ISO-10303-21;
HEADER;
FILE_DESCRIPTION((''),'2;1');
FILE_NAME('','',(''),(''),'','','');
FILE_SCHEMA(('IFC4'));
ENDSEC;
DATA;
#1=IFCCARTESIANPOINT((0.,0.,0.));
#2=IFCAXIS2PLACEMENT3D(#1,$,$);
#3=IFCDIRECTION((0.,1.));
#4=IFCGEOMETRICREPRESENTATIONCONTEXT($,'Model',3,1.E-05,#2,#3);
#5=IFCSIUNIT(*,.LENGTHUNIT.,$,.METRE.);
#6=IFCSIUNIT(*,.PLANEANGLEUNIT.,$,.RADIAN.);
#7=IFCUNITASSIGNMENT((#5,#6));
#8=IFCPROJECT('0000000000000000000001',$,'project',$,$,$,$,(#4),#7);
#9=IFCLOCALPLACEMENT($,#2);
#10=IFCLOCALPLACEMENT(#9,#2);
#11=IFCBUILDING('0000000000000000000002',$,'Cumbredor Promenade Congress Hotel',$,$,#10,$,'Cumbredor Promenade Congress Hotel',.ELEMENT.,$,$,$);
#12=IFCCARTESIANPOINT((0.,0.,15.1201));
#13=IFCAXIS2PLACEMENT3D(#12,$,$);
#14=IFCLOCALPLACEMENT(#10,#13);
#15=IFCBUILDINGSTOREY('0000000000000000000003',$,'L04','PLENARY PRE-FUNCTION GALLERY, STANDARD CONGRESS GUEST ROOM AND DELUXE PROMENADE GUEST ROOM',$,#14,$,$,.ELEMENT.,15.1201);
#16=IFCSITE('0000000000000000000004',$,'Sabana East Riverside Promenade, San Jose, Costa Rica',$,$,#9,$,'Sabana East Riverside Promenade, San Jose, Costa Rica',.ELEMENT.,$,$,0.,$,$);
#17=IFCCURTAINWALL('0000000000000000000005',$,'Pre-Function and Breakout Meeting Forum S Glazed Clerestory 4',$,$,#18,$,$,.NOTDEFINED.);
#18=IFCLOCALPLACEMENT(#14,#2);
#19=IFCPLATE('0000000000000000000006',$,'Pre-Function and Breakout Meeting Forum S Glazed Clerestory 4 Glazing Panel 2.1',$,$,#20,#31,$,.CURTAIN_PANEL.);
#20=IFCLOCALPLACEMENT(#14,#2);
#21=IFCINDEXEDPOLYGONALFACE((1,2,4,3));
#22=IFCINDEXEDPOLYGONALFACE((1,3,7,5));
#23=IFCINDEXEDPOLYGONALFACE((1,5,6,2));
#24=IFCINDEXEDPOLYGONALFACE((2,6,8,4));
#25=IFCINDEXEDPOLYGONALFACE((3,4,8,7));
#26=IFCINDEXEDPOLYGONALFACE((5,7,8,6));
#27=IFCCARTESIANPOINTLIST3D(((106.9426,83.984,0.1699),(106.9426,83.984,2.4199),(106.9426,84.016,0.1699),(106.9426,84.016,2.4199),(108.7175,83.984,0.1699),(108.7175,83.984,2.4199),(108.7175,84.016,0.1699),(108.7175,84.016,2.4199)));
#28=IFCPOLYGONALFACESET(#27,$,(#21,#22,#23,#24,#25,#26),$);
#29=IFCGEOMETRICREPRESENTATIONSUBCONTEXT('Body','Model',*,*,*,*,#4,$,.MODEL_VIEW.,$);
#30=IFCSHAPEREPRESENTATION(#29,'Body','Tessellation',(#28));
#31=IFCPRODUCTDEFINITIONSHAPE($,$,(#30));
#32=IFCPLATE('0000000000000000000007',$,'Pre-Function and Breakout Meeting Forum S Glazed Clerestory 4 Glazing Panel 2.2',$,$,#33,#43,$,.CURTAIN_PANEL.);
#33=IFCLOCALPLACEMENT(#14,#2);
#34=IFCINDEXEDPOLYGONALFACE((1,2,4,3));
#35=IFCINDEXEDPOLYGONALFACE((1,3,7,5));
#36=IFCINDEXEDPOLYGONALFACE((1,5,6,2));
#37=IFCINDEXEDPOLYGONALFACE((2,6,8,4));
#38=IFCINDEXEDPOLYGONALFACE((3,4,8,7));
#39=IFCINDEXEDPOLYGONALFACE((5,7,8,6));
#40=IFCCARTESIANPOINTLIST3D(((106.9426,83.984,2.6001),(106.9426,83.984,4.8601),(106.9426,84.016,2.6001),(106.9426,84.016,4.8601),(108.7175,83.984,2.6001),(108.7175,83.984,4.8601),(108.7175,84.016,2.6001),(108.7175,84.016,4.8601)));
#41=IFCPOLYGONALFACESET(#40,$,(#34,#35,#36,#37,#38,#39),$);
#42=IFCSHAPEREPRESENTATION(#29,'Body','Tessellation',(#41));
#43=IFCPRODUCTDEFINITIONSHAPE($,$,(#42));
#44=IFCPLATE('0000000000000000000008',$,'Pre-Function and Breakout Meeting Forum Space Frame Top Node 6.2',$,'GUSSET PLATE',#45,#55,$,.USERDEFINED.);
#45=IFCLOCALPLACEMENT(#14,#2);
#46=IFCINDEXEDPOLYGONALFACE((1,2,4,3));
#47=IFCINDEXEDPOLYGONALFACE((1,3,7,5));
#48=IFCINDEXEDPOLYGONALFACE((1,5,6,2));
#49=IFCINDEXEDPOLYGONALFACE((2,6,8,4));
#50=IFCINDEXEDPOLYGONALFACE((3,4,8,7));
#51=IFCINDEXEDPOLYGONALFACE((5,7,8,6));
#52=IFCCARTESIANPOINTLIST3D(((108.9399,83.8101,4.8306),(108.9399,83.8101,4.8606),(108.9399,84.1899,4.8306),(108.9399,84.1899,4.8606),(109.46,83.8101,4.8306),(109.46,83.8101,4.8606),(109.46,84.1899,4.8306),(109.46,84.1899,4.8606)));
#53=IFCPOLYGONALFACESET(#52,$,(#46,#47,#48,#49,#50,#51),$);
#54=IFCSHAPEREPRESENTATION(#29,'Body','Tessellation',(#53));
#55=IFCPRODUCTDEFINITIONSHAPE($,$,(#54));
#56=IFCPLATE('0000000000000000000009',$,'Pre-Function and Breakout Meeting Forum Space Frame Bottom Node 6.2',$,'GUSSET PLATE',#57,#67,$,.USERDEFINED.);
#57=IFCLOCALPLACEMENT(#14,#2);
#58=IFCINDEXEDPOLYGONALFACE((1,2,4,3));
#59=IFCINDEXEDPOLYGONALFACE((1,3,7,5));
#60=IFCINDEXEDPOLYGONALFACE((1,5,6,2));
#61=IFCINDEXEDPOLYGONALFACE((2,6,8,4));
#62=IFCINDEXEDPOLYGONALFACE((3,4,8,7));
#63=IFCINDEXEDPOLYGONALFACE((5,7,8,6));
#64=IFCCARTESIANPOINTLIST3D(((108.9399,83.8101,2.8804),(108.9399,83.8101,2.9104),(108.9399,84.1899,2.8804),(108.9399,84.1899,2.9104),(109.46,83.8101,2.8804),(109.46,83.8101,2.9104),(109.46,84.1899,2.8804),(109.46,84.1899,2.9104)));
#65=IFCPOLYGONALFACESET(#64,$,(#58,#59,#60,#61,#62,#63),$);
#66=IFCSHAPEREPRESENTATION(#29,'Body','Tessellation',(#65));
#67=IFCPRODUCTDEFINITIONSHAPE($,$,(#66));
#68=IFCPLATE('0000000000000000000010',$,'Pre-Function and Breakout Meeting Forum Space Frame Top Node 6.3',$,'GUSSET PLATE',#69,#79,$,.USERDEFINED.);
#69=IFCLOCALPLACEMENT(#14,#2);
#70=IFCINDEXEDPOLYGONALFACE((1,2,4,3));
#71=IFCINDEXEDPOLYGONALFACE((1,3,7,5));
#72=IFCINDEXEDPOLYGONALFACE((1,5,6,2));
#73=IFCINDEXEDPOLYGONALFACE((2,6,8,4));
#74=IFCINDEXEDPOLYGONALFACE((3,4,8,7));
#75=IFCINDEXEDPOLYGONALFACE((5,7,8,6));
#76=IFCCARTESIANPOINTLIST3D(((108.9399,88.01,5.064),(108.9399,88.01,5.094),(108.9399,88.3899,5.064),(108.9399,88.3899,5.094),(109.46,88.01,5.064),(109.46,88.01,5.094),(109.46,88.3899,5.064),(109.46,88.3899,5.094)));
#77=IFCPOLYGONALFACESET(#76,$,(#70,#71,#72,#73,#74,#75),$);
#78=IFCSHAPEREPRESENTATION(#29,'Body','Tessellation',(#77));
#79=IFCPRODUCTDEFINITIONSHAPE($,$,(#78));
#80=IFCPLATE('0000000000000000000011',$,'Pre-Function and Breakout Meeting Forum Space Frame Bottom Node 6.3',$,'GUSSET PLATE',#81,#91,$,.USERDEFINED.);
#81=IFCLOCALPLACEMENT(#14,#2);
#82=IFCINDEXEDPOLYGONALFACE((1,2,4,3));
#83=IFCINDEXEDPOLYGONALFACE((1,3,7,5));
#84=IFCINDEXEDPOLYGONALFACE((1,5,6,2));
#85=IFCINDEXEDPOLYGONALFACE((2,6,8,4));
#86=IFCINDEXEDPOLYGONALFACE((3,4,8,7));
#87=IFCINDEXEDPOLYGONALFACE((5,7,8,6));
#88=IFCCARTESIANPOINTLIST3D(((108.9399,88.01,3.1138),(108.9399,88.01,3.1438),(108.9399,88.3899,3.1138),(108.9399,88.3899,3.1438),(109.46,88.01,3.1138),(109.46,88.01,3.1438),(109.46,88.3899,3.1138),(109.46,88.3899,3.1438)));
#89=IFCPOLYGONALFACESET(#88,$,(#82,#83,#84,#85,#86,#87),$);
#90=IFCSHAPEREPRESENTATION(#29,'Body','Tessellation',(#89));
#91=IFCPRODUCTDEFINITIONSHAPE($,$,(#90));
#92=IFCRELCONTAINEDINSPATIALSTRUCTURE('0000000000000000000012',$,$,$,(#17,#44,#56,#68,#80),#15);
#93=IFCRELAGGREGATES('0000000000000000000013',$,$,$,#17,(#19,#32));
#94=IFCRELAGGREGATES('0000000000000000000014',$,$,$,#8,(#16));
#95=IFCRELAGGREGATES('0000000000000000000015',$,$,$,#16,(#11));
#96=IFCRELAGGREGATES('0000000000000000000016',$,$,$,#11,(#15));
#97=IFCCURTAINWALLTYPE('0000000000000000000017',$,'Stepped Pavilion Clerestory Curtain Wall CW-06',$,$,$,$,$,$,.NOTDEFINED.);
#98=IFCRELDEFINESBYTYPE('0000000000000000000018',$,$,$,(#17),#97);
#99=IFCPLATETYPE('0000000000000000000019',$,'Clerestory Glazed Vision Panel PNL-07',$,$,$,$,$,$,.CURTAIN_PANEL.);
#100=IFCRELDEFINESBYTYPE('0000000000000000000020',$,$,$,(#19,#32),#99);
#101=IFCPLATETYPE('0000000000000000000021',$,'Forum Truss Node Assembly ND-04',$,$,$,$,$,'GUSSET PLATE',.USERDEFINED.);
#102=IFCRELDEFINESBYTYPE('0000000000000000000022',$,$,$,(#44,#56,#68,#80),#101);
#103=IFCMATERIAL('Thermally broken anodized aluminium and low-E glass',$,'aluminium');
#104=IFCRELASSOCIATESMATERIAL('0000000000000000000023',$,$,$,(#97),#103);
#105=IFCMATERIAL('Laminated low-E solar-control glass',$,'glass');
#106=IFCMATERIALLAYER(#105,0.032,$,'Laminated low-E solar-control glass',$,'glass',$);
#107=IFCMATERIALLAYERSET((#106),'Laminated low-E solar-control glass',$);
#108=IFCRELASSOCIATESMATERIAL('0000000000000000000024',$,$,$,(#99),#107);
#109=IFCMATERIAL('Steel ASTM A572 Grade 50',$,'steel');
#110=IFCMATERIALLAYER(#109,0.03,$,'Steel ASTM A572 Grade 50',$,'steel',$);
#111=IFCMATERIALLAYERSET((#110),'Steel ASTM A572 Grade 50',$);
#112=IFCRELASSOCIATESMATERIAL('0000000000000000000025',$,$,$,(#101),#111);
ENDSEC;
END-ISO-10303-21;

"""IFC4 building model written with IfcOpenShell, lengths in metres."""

from ifc_helpers import new_model, si_unit, direction, frame, origin, origin_2d, place, context, subcontext, project, spatial, rectangle, extrude, material, layer, layer_set, type_object, element, aggregate, save


model = new_model("IFC4")

# Units and contexts
model_context = context("Model", 3, precision=1e-05, world=origin(), true_north=direction((0.0, 1.0)))
body_context = subcontext(model_context, "Body", "Model", "MODEL_VIEW")
ifc_project = project(units=[si_unit("LENGTHUNIT", "METRE"), si_unit("PLANEANGLEUNIT", "RADIAN")], contexts=[model_context])

# Site, building, storey
site_placement = place(None, origin())
site = spatial("IfcSite", under=ifc_project, at=site_placement, Name="Sabana East Riverside Promenade, San Jose, Costa Rica", LongName="Sabana East Riverside Promenade, San Jose, Costa Rica", CompositionType="ELEMENT", RefElevation=0.0)
building_placement = place(site_placement, origin())
building = spatial("IfcBuilding", under=site, at=building_placement, Name="Cumbredor Promenade Congress Hotel", LongName="Cumbredor Promenade Congress Hotel", CompositionType="ELEMENT")
storey_placement = place(building_placement, frame((0.0, 0.0, 15.1201)))
storey = spatial("IfcBuildingStorey", under=building, at=storey_placement, Name="L04", Description="PLENARY PRE-FUNCTION GALLERY, STANDARD CONGRESS GUEST ROOM AND DELUXE PROMENADE GUEST ROOM", CompositionType="ELEMENT", Elevation=15.1201)

# Curtain wall
ifc_material_1 = material(Name="Thermally broken anodized aluminium and low-E glass", Category="aluminium")
curtain_wall_type = type_object("IfcCurtainWallType", Name="Stepped Pavilion Clerestory Curtain Wall CW-06", PredefinedType="NOTDEFINED", material=ifc_material_1)
curtain_wall_placement = place(storey_placement, origin())
curtain_wall = element("IfcCurtainWall", 1, at=curtain_wall_placement, inside=storey, type_object=curtain_wall_type, Name="Pre-Function and Breakout Meeting Forum S Glazed Clerestory 4", PredefinedType="NOTDEFINED")

# Plates
ifc_material_2 = material(Name="Laminated low-E solar-control glass", Category="glass")
ifc_layer_1 = layer(ifc_material_2, 0.032, Name="Laminated low-E solar-control glass", Category="glass")
ifc_layer_set_1 = layer_set([ifc_layer_1], Name="Laminated low-E solar-control glass")
plate_type_1 = type_object("IfcPlateType", Name="Clerestory Glazed Vision Panel PNL-07", PredefinedType="CURTAIN_PANEL", material=ifc_layer_set_1)
plate_1_placement = place(storey_placement, frame((107.8301, 84.0, 0.1699), z_axis=(0.0, 0.0, 1.0), x_axis=(1.0, 0.0, 0.0)))
plate_1 = element("IfcPlate", 2, at=plate_1_placement, type_object=plate_type_1, Name="Pre-Function and Breakout Meeting Forum S Glazed Clerestory 4 Glazing Panel 2.1", PredefinedType="CURTAIN_PANEL", context=body_context, shape_type="SweptSolid", body=[
    extrude(rectangle(XDim=1.7749, YDim=0.032, at=origin_2d()), origin(), (0.0, 0.0, 1.0), 2.25),
])
plate_2_placement = place(storey_placement, frame((107.8301, 84.0, 2.6001), z_axis=(0.0, 0.0, 1.0), x_axis=(1.0, 0.0, 0.0)))
plate_2 = element("IfcPlate", 3, at=plate_2_placement, type_object=plate_type_1, Name="Pre-Function and Breakout Meeting Forum S Glazed Clerestory 4 Glazing Panel 2.2", PredefinedType="CURTAIN_PANEL", context=body_context, shape_type="SweptSolid", body=[
    extrude(rectangle(XDim=1.7749, YDim=0.032, at=origin_2d()), origin(), (0.0, 0.0, 1.0), 2.26),
])
aggregate(curtain_wall, [plate_1, plate_2])

# Plates
ifc_material_3 = material(Name="Steel ASTM A572 Grade 50", Category="steel")
ifc_layer_2 = layer(ifc_material_3, 0.03, Name="Steel ASTM A572 Grade 50", Category="steel")
ifc_layer_set_2 = layer_set([ifc_layer_2], Name="Steel ASTM A572 Grade 50")
plate_type_2 = type_object("IfcPlateType", Name="Forum Truss Node Assembly ND-04", ElementType="GUSSET PLATE", PredefinedType="USERDEFINED", material=ifc_layer_set_2)
for number, where, z_axis, x_axis, name in (
    (4, (109.2, 84.0, 4.8306), (0.0, 0.0, 1.0), (1.0, 0.0, 0.0), "Pre-Function and Breakout Meeting Forum Space Frame Top Node 6.2"),
    (5, (109.2, 84.0, 2.8804), (0.0, 0.0, 1.0), (1.0, 0.0, 0.0), "Pre-Function and Breakout Meeting Forum Space Frame Bottom Node 6.2"),
    (6, (109.2, 88.2, 5.064), (0.0, 0.0, 1.0), (1.0, 0.0, 0.0), "Pre-Function and Breakout Meeting Forum Space Frame Top Node 6.3"),
    (7, (109.2, 88.2, 3.1138), (0.0, 0.0, 1.0), (1.0, 0.0, 0.0), "Pre-Function and Breakout Meeting Forum Space Frame Bottom Node 6.3"),
):
    element("IfcPlate", number, at=place(storey_placement, frame(where, z_axis=z_axis, x_axis=x_axis)), inside=storey, type_object=plate_type_2, Name=name, ObjectType="GUSSET PLATE", PredefinedType="USERDEFINED", context=body_context, shape_type="SweptSolid", body=[
        extrude(rectangle(XDim=0.52, YDim=0.3799, at=origin_2d()), origin(), (0.0, 0.0, 1.0), 0.03),
    ])

save(model, "model.ifc")
